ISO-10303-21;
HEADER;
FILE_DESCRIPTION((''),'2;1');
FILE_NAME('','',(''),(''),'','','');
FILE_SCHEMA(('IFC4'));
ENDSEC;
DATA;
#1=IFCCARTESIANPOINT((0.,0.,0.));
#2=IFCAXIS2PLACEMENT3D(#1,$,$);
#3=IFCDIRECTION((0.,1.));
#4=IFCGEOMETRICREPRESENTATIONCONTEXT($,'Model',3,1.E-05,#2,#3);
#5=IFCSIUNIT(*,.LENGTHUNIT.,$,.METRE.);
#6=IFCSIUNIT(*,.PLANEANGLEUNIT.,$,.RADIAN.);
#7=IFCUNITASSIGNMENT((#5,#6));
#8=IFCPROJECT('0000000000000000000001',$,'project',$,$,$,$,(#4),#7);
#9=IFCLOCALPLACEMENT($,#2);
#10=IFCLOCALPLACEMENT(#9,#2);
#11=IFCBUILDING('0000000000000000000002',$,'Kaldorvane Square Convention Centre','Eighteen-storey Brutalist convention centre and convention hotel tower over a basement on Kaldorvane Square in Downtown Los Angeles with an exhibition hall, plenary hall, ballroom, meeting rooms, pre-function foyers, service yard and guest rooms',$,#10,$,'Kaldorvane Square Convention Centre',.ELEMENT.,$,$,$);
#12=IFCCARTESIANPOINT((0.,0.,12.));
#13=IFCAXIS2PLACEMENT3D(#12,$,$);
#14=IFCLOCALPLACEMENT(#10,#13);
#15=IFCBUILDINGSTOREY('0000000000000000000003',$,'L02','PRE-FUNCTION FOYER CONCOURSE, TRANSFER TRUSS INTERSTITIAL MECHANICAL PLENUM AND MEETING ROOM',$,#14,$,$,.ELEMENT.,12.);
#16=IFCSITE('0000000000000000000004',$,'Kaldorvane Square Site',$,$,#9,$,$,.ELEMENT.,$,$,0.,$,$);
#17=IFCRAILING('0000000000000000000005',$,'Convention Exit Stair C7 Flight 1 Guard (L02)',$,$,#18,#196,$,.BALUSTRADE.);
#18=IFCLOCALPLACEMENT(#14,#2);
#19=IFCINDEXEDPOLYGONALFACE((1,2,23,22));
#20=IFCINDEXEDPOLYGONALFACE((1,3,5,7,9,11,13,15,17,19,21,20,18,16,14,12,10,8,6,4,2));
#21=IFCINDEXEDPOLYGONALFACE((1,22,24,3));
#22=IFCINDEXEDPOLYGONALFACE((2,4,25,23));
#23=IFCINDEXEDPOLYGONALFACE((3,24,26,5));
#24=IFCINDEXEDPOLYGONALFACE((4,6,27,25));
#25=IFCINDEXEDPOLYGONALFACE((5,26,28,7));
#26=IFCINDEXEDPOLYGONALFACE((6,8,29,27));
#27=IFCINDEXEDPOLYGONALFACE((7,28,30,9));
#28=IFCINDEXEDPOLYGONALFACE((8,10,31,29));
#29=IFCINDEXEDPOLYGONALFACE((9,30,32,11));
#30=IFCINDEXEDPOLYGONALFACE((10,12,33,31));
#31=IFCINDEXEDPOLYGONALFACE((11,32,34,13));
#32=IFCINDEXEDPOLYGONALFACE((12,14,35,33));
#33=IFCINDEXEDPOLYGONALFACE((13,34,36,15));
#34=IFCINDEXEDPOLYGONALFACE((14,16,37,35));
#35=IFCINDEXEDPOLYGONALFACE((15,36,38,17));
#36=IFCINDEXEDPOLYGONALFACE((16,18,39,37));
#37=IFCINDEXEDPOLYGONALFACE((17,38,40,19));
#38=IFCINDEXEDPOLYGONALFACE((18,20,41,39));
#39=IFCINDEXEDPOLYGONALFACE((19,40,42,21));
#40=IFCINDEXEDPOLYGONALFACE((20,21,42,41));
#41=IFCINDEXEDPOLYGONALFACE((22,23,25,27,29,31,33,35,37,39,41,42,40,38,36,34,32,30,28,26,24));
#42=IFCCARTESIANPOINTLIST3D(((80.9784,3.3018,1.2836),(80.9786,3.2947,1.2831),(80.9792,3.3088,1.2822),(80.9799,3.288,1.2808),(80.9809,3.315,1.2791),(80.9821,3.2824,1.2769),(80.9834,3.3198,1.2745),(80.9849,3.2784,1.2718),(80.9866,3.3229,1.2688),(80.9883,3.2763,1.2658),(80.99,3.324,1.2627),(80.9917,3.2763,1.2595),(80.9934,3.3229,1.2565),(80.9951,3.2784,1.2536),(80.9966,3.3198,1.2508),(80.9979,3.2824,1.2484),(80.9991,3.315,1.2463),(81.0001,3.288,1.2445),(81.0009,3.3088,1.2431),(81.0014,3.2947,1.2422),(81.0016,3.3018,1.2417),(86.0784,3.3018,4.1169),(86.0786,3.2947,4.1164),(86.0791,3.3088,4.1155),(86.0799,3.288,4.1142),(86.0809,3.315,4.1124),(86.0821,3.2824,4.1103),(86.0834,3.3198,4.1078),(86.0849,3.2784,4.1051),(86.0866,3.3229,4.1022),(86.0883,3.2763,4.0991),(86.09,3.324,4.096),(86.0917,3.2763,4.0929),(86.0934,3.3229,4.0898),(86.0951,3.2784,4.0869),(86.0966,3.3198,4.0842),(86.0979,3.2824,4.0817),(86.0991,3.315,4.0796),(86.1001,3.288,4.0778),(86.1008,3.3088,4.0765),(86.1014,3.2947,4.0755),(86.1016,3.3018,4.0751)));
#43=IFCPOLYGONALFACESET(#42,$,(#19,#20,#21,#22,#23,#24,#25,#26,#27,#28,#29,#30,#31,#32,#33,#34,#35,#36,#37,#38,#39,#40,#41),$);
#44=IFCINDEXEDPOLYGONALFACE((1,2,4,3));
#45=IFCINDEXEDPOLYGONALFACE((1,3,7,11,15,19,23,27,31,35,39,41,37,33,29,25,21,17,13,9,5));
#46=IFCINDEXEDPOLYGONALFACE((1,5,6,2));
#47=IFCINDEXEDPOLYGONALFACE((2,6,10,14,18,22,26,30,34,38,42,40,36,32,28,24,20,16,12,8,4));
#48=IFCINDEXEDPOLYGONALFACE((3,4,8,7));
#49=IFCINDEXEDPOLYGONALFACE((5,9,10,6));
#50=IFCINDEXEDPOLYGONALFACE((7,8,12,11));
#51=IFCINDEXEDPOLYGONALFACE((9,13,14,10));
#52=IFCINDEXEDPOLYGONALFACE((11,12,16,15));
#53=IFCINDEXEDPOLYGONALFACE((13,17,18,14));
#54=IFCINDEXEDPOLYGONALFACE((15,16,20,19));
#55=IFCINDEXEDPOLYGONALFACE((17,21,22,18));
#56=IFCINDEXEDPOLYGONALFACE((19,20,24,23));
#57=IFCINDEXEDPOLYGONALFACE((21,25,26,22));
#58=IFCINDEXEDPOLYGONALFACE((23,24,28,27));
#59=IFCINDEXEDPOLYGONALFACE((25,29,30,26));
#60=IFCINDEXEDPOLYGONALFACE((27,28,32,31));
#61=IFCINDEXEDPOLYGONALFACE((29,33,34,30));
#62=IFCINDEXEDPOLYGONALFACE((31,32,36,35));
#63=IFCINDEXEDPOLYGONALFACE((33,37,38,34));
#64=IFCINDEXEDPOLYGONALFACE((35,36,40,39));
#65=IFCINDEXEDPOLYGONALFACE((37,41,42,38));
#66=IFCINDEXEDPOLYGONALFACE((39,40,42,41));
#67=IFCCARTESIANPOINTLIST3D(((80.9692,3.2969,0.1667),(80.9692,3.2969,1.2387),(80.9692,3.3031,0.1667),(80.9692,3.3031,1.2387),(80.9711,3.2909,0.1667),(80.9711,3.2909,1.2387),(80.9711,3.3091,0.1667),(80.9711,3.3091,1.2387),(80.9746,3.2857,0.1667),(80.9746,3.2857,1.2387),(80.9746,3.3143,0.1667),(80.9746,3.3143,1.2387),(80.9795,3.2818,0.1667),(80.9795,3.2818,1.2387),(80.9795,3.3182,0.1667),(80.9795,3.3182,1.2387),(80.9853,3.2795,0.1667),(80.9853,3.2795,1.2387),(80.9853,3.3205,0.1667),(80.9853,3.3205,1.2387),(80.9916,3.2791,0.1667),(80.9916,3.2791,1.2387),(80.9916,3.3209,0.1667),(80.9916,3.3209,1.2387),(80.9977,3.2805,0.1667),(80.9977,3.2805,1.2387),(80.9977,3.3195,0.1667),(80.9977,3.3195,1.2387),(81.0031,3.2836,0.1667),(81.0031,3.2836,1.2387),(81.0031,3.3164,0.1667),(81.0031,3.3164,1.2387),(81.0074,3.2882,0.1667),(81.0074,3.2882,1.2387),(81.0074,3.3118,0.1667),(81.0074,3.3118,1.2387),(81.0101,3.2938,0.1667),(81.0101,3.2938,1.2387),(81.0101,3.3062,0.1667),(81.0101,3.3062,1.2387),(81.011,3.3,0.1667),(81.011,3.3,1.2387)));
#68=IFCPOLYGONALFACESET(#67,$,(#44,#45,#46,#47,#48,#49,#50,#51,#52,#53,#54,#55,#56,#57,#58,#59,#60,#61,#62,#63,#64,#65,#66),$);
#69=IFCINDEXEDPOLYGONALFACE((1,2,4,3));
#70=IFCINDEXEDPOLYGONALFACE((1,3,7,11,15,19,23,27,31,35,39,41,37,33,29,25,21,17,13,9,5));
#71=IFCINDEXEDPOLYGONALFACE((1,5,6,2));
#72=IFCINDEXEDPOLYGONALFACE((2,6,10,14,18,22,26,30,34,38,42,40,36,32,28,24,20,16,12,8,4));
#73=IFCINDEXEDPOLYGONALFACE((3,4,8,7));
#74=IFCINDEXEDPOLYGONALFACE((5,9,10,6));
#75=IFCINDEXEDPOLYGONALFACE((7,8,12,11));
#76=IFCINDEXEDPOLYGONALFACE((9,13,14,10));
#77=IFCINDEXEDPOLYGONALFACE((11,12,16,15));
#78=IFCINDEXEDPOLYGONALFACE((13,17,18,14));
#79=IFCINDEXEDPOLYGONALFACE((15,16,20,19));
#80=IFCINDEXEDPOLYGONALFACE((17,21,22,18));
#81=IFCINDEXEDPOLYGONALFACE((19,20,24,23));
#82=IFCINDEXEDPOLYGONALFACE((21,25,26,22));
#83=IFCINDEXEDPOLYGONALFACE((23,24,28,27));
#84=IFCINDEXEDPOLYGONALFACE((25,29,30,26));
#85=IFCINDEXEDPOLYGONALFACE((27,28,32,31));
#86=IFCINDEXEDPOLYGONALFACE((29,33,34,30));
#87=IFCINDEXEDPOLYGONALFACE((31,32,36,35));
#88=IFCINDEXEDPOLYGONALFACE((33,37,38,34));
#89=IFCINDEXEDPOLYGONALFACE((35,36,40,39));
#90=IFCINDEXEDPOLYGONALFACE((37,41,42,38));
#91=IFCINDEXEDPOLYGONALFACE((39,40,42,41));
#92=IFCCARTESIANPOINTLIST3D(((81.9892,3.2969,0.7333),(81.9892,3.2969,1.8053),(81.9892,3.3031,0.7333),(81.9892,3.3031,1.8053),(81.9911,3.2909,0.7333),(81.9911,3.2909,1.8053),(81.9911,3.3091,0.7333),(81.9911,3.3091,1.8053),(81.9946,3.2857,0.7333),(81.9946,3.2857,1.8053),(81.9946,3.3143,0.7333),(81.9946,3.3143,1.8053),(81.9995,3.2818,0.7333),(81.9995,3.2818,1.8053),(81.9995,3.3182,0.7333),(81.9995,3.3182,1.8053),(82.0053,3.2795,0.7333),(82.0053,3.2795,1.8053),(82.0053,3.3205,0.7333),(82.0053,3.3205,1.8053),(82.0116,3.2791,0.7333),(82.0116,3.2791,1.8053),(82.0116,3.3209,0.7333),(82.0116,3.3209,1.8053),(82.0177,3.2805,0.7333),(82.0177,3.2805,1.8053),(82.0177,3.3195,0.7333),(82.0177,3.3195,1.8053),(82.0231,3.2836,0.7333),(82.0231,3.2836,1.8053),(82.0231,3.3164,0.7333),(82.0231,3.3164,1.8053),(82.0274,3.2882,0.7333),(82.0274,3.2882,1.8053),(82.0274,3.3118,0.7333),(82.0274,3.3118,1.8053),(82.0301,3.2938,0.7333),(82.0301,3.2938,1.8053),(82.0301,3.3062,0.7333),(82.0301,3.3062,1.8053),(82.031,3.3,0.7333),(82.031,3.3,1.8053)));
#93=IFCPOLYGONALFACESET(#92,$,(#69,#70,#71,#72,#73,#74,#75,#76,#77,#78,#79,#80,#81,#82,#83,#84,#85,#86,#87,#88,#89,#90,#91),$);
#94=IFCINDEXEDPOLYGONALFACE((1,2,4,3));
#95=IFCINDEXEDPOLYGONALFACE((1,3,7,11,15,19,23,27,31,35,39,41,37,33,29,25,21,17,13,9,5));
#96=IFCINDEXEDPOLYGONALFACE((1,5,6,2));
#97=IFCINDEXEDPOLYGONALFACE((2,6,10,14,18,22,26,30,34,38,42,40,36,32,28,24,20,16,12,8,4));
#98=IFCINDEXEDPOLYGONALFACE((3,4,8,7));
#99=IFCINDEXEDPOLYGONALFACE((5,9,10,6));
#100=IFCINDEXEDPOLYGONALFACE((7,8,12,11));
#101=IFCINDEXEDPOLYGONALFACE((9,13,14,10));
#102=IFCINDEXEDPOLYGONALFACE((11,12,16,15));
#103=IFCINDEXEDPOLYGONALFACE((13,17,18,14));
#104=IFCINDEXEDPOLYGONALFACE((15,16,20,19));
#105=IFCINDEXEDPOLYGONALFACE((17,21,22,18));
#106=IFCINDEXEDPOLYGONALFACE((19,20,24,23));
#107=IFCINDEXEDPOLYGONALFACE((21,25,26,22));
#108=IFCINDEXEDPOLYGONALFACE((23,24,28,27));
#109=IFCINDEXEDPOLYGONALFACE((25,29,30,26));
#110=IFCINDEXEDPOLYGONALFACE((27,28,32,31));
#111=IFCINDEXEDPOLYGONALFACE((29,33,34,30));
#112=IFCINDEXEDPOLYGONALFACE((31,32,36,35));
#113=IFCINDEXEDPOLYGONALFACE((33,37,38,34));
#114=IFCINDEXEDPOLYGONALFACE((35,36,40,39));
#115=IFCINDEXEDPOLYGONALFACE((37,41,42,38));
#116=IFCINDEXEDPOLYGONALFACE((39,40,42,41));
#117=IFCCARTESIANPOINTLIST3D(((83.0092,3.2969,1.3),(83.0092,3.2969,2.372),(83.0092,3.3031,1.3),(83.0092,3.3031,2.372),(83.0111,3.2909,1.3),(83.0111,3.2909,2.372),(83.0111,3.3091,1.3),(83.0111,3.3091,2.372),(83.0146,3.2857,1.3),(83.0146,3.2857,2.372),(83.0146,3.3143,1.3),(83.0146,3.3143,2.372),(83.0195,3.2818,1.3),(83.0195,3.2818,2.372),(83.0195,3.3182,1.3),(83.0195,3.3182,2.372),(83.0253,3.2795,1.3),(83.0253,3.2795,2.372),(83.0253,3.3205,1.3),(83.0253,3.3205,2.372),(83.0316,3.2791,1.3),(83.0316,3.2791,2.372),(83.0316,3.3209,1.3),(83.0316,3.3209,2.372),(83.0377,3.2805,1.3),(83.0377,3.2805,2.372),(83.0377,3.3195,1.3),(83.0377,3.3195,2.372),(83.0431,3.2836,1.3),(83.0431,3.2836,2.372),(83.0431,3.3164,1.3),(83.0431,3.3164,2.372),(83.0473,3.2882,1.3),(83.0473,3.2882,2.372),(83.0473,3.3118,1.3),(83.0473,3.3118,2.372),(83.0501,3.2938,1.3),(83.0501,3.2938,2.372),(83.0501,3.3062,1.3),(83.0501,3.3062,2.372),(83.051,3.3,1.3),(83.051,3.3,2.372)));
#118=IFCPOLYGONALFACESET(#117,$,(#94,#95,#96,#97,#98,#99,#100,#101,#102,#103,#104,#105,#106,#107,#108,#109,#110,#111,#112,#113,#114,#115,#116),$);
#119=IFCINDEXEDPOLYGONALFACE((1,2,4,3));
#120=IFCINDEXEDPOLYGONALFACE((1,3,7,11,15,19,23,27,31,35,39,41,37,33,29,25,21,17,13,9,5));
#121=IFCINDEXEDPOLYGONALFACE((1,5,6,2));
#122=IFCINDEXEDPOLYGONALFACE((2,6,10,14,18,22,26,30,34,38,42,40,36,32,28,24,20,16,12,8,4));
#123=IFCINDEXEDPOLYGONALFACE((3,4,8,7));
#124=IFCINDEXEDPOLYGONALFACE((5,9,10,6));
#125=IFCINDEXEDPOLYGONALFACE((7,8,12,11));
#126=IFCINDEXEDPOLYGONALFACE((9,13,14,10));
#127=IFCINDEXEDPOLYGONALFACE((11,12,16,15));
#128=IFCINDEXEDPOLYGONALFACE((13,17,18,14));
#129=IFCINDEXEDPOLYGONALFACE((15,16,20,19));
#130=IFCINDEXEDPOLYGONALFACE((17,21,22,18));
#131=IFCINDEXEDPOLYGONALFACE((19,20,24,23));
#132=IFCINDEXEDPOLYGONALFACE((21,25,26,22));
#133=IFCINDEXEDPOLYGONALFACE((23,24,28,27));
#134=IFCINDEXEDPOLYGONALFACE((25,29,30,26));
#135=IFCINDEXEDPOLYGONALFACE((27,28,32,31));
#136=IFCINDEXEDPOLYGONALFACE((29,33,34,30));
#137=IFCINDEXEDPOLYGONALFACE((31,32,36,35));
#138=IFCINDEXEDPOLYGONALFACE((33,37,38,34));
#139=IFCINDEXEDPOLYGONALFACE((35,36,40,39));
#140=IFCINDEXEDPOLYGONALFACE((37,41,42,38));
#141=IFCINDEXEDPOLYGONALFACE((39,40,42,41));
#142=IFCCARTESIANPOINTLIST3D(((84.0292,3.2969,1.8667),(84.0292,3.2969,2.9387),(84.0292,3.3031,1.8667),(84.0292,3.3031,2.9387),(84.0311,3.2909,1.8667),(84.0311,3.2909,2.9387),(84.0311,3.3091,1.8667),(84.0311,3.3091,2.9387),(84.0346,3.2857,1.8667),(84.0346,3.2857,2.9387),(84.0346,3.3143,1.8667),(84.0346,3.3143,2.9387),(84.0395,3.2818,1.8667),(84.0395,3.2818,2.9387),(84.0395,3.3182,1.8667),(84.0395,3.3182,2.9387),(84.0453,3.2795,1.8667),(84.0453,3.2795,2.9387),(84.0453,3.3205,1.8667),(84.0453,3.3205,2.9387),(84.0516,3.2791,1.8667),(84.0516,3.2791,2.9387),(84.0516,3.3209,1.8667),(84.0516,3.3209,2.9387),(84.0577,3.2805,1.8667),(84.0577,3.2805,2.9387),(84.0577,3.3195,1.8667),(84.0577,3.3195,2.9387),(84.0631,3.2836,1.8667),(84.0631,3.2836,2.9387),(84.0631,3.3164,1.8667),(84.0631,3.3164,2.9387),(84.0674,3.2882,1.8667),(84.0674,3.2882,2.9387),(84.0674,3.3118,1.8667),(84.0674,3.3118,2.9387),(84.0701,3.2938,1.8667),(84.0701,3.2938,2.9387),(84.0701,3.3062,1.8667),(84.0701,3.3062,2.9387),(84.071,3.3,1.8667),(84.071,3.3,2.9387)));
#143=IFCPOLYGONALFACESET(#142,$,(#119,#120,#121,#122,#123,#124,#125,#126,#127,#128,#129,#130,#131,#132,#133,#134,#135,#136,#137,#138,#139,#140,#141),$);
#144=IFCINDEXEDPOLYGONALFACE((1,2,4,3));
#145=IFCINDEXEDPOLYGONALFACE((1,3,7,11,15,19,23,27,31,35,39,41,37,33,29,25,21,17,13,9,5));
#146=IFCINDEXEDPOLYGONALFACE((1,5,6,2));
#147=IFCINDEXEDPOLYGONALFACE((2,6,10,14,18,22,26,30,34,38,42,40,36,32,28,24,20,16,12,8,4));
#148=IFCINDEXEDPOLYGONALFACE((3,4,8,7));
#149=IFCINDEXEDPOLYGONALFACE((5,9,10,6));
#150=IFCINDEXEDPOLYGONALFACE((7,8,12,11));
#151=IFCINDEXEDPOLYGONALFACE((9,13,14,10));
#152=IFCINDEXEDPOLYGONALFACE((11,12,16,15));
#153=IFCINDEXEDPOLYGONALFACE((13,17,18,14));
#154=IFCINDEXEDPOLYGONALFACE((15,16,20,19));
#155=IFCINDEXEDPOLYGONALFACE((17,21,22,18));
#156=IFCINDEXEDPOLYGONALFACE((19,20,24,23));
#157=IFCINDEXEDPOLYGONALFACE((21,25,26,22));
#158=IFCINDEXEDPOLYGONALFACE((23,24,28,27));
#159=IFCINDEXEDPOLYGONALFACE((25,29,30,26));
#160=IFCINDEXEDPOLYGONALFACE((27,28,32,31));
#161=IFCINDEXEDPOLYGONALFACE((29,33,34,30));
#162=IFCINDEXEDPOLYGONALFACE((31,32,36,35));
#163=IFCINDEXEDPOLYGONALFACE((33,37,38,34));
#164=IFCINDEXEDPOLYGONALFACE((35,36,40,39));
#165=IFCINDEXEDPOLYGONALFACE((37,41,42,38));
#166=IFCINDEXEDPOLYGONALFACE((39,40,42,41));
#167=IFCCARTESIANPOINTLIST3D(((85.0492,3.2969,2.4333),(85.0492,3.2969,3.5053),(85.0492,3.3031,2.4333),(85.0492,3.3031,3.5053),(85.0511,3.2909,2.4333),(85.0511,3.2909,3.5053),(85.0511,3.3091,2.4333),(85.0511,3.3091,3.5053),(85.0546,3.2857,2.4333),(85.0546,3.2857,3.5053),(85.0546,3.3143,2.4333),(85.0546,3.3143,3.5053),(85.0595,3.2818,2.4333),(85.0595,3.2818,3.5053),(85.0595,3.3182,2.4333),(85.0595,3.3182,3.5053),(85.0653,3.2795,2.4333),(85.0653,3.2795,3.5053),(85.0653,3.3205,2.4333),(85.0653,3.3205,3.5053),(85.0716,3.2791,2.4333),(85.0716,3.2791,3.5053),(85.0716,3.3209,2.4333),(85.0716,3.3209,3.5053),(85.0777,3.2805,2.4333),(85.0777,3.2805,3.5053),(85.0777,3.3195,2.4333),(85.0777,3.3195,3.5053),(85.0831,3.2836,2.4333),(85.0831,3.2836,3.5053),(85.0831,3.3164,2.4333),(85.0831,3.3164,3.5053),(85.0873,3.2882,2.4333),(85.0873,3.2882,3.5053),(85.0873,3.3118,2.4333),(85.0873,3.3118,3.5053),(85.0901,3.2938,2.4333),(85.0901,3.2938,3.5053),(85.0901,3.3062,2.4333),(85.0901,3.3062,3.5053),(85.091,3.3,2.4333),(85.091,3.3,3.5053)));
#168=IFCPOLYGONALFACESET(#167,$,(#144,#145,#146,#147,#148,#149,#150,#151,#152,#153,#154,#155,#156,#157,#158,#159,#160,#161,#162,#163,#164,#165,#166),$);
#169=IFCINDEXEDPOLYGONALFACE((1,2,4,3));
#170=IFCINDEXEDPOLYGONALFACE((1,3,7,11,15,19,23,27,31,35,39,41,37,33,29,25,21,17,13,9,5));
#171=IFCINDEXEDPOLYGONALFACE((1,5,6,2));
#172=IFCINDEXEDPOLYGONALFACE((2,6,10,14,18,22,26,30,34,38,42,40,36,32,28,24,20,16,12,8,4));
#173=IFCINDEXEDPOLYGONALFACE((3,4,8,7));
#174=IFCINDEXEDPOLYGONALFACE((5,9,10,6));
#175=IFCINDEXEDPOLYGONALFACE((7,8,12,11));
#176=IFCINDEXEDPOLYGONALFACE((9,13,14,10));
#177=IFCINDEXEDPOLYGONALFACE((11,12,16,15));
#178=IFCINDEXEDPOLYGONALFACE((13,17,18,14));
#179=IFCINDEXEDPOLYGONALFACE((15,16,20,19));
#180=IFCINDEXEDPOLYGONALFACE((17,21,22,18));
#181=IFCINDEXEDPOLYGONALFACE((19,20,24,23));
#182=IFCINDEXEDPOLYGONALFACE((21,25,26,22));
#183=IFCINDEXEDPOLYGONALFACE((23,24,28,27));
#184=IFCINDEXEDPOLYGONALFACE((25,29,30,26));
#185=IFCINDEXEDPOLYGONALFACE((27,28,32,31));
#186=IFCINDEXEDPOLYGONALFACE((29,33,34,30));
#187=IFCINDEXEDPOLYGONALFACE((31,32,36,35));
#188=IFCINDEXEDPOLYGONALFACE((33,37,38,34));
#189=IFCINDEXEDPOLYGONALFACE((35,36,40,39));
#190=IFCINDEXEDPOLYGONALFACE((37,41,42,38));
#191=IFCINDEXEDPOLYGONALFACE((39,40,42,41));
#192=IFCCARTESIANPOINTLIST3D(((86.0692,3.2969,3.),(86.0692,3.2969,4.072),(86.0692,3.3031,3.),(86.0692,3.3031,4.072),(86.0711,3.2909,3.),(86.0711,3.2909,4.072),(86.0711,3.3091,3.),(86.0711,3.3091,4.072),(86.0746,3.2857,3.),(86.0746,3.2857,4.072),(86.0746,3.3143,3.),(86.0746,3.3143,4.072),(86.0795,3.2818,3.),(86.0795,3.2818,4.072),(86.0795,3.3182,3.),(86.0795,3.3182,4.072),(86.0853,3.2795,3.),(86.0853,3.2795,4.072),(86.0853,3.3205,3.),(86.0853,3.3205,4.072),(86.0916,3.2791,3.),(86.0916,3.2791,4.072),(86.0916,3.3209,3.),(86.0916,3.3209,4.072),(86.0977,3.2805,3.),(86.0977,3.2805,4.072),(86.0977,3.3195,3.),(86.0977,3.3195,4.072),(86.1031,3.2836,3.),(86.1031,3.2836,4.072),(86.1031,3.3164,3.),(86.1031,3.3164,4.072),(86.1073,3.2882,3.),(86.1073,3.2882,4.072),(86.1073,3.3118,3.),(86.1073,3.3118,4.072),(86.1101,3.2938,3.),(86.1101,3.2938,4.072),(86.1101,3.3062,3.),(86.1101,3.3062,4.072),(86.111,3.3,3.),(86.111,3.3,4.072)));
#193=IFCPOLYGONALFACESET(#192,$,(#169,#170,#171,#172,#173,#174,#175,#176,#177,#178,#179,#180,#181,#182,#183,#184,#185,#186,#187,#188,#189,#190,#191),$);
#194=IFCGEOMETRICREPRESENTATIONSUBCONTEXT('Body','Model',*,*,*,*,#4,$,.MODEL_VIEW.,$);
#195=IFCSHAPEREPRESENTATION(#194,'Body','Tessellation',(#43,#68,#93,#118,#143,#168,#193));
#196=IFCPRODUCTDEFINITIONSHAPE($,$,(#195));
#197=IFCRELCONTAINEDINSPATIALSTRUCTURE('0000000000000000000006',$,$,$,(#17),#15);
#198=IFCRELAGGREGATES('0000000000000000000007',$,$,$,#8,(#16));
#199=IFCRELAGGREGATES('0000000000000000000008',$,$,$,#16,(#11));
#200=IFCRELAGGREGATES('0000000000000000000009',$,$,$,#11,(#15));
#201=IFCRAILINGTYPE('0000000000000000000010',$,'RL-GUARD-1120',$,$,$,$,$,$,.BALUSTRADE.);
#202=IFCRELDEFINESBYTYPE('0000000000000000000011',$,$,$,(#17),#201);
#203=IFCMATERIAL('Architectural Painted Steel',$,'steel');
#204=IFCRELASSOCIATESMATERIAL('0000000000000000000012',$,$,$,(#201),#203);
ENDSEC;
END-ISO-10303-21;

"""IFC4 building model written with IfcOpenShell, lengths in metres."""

from ifc_helpers import new_model, si_unit, direction, frame, origin, origin_2d, place, context, subcontext, project, spatial, circle, extrude, material, type_object, element, save


model = new_model("IFC4")

# Units and contexts
model_context = context("Model", 3, precision=1e-05, world=origin(), true_north=direction((0.0, 1.0)))
body_context = subcontext(model_context, "Body", "Model", "MODEL_VIEW")
ifc_project = project(units=[si_unit("LENGTHUNIT", "METRE"), si_unit("PLANEANGLEUNIT", "RADIAN")], contexts=[model_context])

# Site, building, storey
site_placement = place(None, origin())
site = spatial("IfcSite", under=ifc_project, at=site_placement, Name="Kaldorvane Square Site", CompositionType="ELEMENT", RefElevation=0.0)
building_placement = place(site_placement, origin())
building = spatial("IfcBuilding", under=site, at=building_placement, Name="Kaldorvane Square Convention Centre", Description="Eighteen-storey Brutalist convention centre and convention hotel tower over a basement on Kaldorvane Square in Downtown Los Angeles with an exhibition hall, plenary hall, ballroom, meeting rooms, pre-function foyers, service yard and guest rooms", LongName="Kaldorvane Square Convention Centre", CompositionType="ELEMENT")
storey_placement = place(building_placement, frame((0.0, 0.0, 12.0)))
storey = spatial("IfcBuildingStorey", under=building, at=storey_placement, Name="L02", Description="PRE-FUNCTION FOYER CONCOURSE, TRANSFER TRUSS INTERSTITIAL MECHANICAL PLENUM AND MEETING ROOM", CompositionType="ELEMENT", Elevation=12.0)

# Railing
ifc_material_1 = material(Name="Architectural Painted Steel", Category="steel")
railing_type_1 = type_object("IfcRailingType", Name="RL-GUARD-1120", PredefinedType="BALUSTRADE", material=ifc_material_1)
railing_1_placement = place(storey_placement, frame((80.99, 3.3, 0.1667)))
element("IfcRailing", 1, at=railing_1_placement, inside=storey, type_object=railing_type_1, Name="Convention Exit Stair C7 Flight 1 Guard (L02)", PredefinedType="BALUSTRADE", context=body_context, shape_type="SweptSolid", body=[
    extrude(circle(Radius=0.024, at=origin_2d()), frame((0.0, 0.0, 1.096), z_axis=(0.874157, 0.0, 0.485643), x_axis=(0.0, 1.0, 0.0)), (0.0, 0.0, 1.0), 5.8342),
    extrude(circle(Radius=0.021, at=origin_2d()), origin(), (0.0, 0.0, 1.0), 1.072),
    extrude(circle(Radius=0.021, at=origin_2d()), frame((1.02, 0.0, 0.5667)), (0.0, 0.0, 1.0), 1.072),
    extrude(circle(Radius=0.021, at=origin_2d()), frame((2.04, 0.0, 1.1333)), (0.0, 0.0, 1.0), 1.072),
    extrude(circle(Radius=0.021, at=origin_2d()), frame((3.06, 0.0, 1.7)), (0.0, 0.0, 1.0), 1.072),
    extrude(circle(Radius=0.021, at=origin_2d()), frame((4.08, 0.0, 2.2667)), (0.0, 0.0, 1.0), 1.072),
    extrude(circle(Radius=0.021, at=origin_2d()), frame((5.1, 0.0, 2.8333)), (0.0, 0.0, 1.0), 1.072),
])

save(model, "model.ifc")
